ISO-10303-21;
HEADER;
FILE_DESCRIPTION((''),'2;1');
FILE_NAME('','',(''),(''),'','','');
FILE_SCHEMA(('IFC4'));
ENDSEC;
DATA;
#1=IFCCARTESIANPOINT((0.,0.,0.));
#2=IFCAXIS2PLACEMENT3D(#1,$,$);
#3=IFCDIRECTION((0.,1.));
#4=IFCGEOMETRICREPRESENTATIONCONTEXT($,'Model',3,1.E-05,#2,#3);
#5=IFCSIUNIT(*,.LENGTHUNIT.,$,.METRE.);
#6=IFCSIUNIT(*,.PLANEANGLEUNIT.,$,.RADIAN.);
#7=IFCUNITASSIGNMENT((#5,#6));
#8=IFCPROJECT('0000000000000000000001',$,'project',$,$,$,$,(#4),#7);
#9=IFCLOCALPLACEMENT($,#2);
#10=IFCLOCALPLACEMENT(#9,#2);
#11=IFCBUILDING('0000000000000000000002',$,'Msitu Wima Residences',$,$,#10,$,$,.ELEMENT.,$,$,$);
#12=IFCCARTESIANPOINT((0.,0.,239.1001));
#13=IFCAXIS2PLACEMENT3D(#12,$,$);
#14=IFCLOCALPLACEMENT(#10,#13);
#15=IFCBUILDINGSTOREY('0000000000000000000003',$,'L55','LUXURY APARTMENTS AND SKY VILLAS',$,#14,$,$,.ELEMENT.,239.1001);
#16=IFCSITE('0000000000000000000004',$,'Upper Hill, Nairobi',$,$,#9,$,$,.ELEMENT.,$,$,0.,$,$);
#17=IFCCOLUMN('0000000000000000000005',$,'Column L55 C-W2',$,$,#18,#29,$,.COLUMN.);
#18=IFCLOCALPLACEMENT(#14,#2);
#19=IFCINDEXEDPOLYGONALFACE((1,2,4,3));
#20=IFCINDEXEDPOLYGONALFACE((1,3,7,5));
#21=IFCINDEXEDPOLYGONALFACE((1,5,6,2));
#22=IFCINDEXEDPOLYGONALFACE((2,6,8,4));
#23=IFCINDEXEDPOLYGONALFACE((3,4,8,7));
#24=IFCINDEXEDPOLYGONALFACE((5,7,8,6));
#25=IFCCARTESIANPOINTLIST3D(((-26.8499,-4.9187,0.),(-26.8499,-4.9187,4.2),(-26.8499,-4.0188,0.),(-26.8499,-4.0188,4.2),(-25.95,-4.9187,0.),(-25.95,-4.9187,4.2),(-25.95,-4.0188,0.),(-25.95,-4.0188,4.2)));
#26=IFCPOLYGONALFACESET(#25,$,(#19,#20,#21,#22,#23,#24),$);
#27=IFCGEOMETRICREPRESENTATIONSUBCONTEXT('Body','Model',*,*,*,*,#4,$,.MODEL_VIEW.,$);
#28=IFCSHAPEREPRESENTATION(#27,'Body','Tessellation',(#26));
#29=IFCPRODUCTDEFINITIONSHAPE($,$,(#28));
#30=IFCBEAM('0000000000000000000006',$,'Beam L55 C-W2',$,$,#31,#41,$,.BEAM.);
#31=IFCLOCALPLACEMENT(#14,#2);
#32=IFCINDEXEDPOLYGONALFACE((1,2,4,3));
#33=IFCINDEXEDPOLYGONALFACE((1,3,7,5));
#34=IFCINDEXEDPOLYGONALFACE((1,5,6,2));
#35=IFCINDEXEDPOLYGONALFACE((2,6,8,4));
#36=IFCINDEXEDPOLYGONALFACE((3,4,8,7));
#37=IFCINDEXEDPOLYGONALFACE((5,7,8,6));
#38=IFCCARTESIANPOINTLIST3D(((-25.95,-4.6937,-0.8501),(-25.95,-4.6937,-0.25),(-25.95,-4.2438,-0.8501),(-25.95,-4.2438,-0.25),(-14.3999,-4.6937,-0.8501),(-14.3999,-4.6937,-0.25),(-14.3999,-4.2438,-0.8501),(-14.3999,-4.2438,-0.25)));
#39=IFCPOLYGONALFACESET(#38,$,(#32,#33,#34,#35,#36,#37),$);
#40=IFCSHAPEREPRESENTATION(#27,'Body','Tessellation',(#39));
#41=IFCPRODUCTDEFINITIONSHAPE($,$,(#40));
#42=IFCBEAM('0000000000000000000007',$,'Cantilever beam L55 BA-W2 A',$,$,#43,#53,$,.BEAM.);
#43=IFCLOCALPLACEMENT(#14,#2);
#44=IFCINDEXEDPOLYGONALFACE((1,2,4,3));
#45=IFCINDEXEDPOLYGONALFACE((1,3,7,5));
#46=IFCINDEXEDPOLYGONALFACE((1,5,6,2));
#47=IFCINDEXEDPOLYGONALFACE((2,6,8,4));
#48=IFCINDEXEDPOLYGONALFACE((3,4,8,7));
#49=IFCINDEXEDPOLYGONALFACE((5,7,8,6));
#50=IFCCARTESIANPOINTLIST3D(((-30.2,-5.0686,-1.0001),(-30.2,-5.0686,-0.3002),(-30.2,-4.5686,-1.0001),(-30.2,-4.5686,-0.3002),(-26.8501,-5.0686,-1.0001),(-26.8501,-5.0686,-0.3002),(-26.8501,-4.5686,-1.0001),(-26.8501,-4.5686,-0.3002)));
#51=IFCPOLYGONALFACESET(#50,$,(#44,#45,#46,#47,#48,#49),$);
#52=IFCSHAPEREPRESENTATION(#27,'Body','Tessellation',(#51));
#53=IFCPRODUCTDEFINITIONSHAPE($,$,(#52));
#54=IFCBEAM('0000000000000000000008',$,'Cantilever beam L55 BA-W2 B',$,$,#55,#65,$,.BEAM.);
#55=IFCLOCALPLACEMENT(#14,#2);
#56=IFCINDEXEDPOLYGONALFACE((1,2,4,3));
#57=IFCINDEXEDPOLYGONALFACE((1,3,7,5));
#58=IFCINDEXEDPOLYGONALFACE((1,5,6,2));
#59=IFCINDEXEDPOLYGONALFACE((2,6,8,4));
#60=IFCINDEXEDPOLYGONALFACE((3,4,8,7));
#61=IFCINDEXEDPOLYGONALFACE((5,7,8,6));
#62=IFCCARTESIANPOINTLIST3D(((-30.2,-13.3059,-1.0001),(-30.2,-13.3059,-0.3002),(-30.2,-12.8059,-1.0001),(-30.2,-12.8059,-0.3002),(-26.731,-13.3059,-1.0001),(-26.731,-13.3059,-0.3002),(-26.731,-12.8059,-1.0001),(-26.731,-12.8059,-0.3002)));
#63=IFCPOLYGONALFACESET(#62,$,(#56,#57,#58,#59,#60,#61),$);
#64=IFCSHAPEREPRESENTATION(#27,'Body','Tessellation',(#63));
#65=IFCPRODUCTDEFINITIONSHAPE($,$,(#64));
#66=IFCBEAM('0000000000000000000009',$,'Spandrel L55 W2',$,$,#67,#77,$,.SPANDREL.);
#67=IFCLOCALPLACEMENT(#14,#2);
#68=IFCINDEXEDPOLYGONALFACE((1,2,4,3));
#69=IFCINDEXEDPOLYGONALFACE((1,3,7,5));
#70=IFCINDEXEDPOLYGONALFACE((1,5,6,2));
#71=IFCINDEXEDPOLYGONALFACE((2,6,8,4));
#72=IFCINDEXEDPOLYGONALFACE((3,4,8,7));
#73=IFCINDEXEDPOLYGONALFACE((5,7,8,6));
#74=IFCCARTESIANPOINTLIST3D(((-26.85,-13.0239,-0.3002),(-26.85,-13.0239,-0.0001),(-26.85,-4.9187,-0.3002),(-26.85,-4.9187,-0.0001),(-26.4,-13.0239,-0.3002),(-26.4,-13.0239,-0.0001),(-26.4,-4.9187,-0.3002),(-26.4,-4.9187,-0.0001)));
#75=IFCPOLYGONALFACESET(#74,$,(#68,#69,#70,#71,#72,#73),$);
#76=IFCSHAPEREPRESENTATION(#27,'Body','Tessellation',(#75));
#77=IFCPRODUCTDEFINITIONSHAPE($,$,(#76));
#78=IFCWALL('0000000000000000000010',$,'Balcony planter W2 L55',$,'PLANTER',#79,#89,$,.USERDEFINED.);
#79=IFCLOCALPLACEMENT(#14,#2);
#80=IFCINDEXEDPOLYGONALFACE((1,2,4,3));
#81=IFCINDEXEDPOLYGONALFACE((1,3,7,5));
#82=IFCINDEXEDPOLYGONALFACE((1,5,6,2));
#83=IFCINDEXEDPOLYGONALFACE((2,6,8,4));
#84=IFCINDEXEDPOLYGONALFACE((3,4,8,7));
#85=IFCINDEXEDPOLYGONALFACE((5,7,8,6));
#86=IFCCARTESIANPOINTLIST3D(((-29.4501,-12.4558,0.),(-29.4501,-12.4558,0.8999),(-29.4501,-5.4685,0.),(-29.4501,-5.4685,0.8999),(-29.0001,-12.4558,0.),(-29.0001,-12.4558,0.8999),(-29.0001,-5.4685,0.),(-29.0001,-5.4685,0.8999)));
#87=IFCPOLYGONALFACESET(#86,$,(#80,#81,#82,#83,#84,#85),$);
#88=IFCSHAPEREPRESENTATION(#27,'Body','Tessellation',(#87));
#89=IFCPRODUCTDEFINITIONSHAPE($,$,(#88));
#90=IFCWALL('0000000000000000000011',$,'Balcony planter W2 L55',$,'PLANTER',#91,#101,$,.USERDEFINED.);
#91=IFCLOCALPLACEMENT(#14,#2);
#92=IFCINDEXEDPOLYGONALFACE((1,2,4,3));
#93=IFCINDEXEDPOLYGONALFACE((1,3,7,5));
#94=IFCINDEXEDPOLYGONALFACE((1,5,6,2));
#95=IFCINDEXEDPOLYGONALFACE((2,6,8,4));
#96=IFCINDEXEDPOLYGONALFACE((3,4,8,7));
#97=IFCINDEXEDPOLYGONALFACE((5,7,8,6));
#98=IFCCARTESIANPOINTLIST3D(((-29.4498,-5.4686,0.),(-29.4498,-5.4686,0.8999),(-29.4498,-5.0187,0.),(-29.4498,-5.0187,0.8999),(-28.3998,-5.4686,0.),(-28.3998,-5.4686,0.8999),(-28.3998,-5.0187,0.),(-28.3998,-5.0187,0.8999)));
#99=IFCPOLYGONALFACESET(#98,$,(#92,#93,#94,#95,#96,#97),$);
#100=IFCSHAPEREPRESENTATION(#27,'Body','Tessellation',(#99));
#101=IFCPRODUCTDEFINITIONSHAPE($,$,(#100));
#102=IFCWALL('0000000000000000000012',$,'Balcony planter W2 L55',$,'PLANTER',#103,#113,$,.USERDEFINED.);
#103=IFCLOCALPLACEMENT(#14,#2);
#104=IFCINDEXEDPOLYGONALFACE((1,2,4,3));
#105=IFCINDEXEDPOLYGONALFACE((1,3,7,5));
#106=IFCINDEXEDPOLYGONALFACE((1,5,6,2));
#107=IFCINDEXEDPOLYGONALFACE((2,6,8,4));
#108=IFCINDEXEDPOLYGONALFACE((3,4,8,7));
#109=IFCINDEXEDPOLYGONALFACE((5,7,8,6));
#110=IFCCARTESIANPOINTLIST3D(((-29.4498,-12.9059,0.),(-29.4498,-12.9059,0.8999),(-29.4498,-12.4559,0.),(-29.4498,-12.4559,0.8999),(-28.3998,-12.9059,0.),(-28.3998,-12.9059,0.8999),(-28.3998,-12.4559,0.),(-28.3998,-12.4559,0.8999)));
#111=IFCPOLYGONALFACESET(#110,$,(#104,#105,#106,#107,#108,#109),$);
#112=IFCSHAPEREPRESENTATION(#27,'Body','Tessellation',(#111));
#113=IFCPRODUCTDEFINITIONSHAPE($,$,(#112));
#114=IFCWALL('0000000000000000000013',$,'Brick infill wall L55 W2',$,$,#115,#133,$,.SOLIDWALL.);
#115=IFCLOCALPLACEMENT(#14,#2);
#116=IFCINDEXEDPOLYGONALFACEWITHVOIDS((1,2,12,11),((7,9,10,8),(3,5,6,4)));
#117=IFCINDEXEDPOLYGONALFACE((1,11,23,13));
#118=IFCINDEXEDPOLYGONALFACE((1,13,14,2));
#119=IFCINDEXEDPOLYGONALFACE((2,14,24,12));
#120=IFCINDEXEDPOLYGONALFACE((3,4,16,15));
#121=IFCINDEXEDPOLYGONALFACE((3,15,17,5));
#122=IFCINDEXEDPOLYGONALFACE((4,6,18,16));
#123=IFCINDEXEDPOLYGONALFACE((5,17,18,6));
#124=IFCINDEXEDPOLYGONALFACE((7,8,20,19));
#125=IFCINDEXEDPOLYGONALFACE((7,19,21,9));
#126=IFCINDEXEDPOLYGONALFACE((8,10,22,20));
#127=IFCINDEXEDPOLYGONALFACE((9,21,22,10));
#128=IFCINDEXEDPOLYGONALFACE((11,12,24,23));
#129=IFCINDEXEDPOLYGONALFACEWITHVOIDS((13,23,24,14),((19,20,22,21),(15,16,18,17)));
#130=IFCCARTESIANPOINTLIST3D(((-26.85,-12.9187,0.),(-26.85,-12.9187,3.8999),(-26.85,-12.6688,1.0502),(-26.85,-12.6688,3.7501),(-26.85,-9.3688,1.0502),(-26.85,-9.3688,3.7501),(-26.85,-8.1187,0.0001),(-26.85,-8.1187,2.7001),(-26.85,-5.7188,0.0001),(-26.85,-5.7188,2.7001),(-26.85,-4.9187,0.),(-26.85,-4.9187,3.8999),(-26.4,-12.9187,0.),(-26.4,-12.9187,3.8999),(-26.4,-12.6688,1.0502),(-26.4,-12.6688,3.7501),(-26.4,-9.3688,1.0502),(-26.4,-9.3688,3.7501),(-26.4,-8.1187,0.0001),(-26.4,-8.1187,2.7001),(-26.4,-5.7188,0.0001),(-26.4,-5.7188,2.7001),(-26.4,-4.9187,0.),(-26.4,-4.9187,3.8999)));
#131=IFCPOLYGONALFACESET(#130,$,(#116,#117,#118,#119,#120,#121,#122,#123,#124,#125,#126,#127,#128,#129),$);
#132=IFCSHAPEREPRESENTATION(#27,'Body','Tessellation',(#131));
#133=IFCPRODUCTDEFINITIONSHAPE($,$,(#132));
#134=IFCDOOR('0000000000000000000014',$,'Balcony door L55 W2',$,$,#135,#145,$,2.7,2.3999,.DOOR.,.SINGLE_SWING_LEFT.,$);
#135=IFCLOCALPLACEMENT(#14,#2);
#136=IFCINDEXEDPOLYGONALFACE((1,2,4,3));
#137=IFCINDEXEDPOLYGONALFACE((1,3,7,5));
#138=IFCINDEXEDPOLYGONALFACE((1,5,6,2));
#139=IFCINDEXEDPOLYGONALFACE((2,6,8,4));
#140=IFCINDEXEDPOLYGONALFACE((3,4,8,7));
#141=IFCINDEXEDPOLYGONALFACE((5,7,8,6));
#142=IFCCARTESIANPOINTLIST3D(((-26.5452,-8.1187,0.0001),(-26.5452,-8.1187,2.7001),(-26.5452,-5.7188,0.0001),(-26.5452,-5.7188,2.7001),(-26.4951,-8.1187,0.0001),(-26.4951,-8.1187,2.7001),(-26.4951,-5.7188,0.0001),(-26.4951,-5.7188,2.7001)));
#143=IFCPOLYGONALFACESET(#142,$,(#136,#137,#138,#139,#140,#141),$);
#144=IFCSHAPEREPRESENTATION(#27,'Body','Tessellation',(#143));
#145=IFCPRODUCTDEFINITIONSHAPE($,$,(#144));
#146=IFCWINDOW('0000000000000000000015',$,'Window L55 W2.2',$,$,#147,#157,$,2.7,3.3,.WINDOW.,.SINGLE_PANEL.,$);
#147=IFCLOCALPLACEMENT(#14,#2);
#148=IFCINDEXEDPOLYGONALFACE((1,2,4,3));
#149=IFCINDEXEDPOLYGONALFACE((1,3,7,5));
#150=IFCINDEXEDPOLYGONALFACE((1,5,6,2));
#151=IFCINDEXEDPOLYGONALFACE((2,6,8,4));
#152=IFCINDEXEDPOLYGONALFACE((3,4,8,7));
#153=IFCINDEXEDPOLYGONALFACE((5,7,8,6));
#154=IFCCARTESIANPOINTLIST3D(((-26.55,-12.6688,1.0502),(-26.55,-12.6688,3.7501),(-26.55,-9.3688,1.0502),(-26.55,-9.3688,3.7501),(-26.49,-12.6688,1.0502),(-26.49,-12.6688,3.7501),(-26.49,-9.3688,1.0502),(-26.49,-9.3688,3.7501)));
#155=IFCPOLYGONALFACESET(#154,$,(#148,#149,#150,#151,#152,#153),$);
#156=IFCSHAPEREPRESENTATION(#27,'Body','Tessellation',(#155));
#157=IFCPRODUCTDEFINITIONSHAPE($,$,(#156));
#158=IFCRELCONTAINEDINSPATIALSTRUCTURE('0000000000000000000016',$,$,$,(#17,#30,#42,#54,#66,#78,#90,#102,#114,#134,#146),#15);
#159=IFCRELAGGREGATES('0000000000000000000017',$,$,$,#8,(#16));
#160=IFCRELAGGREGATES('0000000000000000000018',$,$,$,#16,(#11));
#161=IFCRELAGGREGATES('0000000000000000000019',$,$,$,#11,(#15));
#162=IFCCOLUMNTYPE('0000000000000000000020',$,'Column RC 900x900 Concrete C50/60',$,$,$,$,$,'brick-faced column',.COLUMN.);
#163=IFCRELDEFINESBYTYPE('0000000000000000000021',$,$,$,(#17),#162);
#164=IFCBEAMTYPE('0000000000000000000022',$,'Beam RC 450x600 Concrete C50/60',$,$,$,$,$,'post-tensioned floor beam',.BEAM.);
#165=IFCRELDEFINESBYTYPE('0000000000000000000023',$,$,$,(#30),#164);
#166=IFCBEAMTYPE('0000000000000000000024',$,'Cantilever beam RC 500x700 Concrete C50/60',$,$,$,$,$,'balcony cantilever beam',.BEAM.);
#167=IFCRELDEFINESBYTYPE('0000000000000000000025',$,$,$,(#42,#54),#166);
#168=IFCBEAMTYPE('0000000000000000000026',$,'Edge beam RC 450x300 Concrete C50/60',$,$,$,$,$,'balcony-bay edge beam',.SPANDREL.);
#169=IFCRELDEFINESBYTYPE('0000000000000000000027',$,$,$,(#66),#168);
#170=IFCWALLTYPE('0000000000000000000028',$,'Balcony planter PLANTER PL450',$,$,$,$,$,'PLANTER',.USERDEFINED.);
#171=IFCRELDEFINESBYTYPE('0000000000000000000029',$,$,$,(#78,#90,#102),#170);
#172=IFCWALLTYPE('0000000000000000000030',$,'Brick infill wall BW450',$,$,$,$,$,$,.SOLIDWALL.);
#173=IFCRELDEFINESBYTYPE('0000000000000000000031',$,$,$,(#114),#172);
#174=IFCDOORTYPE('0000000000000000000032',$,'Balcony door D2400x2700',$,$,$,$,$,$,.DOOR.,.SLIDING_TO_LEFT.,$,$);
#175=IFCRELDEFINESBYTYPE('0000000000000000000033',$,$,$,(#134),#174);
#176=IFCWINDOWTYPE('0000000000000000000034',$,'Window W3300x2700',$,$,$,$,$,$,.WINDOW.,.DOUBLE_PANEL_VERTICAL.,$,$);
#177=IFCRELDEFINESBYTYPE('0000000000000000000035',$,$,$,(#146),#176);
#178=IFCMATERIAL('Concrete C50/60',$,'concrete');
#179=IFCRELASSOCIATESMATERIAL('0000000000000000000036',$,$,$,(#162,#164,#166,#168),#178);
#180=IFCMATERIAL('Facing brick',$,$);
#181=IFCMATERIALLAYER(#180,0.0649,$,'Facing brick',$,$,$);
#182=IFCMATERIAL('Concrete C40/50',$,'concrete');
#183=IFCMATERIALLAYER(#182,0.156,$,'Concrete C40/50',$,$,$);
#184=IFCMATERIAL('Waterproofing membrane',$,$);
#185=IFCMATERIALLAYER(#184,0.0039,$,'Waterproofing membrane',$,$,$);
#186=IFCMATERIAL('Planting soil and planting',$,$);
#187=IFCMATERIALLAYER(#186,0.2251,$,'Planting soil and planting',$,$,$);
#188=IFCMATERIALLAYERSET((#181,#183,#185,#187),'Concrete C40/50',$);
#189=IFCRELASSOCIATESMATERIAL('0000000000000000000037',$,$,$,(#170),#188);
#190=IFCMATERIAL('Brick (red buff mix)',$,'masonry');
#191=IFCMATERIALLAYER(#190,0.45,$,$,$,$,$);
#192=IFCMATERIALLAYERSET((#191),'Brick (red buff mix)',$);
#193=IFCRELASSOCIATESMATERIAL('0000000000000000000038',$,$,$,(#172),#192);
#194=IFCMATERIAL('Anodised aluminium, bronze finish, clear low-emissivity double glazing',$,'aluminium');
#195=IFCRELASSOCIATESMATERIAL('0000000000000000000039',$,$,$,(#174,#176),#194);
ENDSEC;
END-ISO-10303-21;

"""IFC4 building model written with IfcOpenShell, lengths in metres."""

from ifc_helpers import new_model, si_unit, direction, frame, frame_2d, origin, origin_2d, place, context, subcontext, project, spatial, rectangle, extrude, material, layer, layer_set, material_profile, profile_set, type_object, element, fill, save


model = new_model("IFC4")

# Units and contexts
model_context = context("Model", 3, precision=1e-05, world=origin(), true_north=direction((0.0, 1.0)))
body_context = subcontext(model_context, "Body", "Model", "MODEL_VIEW")
ifc_project = project(units=[si_unit("LENGTHUNIT", "METRE"), si_unit("PLANEANGLEUNIT", "RADIAN")], contexts=[model_context])

# Site, building, storey
site_placement = place(None, origin())
site = spatial("IfcSite", under=ifc_project, at=site_placement, Name="Upper Hill, Nairobi", CompositionType="ELEMENT", RefElevation=0.0)
building_placement = place(site_placement, origin())
building = spatial("IfcBuilding", under=site, at=building_placement, Name="Msitu Wima Residences", CompositionType="ELEMENT")
storey_placement = place(building_placement, frame((0.0, 0.0, 239.1001)))
storey = spatial("IfcBuildingStorey", under=building, at=storey_placement, Name="L55", Description="LUXURY APARTMENTS AND SKY VILLAS", CompositionType="ELEMENT", Elevation=239.1001)

# Column
ifc_material_1 = material(Name="Concrete C50/60", Category="concrete")
ifc_material_profile_1 = material_profile(ifc_material_1, rectangle(XDim=0.8999, YDim=0.8999, at=origin_2d()), Name="RC 900x900")
ifc_profile_set_1 = profile_set([ifc_material_profile_1], Name="Concrete C50/60")
column_type = type_object("IfcColumnType", Name="Column RC 900x900 Concrete C50/60", ElementType="brick-faced column", PredefinedType="COLUMN", material=ifc_profile_set_1)
column_placement = place(storey_placement, frame((-26.3999, -4.4688, 0.0), z_axis=(0.0, 0.0, 1.0), x_axis=(0.0, -1.0, 0.0)))
element("IfcColumn", 1, at=column_placement, inside=storey, type_object=column_type, Name="Column L55 C-W2", PredefinedType="COLUMN", context=body_context, shape_type="SweptSolid", body=[
    extrude(rectangle(XDim=0.8999, YDim=0.8999, at=origin_2d()), origin(), (0.0, 0.0, 1.0), 4.2),
])

# Beams
ifc_material_profile_2 = material_profile(ifc_material_1, rectangle(XDim=0.45, YDim=0.6001, at=origin_2d()), Name="RC 450x600")
ifc_profile_set_2 = profile_set([ifc_material_profile_2], Name="Concrete C50/60")
beam_type_1 = type_object("IfcBeamType", Name="Beam RC 450x600 Concrete C50/60", ElementType="post-tensioned floor beam", PredefinedType="BEAM", material=ifc_profile_set_2)
beam_1_placement = place(storey_placement, frame((-25.95, -4.4688, -0.55), z_axis=(1.0, 0.0, 0.0), x_axis=(0.0, 1.0, 0.0)))
element("IfcBeam", 2, at=beam_1_placement, inside=storey, type_object=beam_type_1, Name="Beam L55 C-W2", PredefinedType="BEAM", context=body_context, shape_type="SweptSolid", body=[
    extrude(rectangle(XDim=0.45, YDim=0.6001, at=origin_2d()), origin(), (0.0, 0.0, 1.0), 11.55),
])
ifc_material_profile_3 = material_profile(ifc_material_1, rectangle(XDim=0.5, YDim=0.7, at=origin_2d()), Name="RC 500x700")
ifc_profile_set_3 = profile_set([ifc_material_profile_3], Name="Concrete C50/60")
beam_type_2 = type_object("IfcBeamType", Name="Cantilever beam RC 500x700 Concrete C50/60", ElementType="balcony cantilever beam", PredefinedType="BEAM", material=ifc_profile_set_3)
beam_2_placement = place(storey_placement, frame((-26.8501, -4.8186, -0.6501), z_axis=(-1.0, 0.0, 0.0), x_axis=(0.0, -1.0, 0.0)))
element("IfcBeam", 3, at=beam_2_placement, inside=storey, type_object=beam_type_2, Name="Cantilever beam L55 BA-W2 A", PredefinedType="BEAM", context=body_context, shape_type="SweptSolid", body=[
    extrude(rectangle(XDim=0.5, YDim=0.7, at=origin_2d()), origin(), (0.0, 0.0, 1.0), 3.3499),
])
beam_3_placement = place(storey_placement, frame((-26.731, -13.0559, -0.6501), z_axis=(-1.0, 0.0, 0.0), x_axis=(0.0, -1.0, 0.0)))
element("IfcBeam", 4, at=beam_3_placement, inside=storey, type_object=beam_type_2, Name="Cantilever beam L55 BA-W2 B", PredefinedType="BEAM", context=body_context, shape_type="SweptSolid", body=[
    extrude(rectangle(XDim=0.5, YDim=0.7, at=origin_2d()), origin(), (0.0, 0.0, 1.0), 3.469),
])
ifc_material_profile_4 = material_profile(ifc_material_1, rectangle(XDim=0.45, YDim=0.3, at=origin_2d()), Name="RC 450x300")
ifc_profile_set_4 = profile_set([ifc_material_profile_4], Name="Concrete C50/60")
beam_type_3 = type_object("IfcBeamType", Name="Edge beam RC 450x300 Concrete C50/60", ElementType="balcony-bay edge beam", PredefinedType="SPANDREL", material=ifc_profile_set_4)
beam_4_placement = place(storey_placement, frame((-26.625, -4.9187, -0.1501), z_axis=(0.0, -1.0, 0.0), x_axis=(1.0, 0.0, 0.0)))
element("IfcBeam", 5, at=beam_4_placement, inside=storey, type_object=beam_type_3, Name="Spandrel L55 W2", PredefinedType="SPANDREL", context=body_context, shape_type="SweptSolid", body=[
    extrude(rectangle(XDim=0.45, YDim=0.3, at=origin_2d()), origin(), (0.0, 0.0, 1.0), 8.1052),
])

# Walls
ifc_material_2 = material(Name="Facing brick")
ifc_layer_1 = layer(ifc_material_2, 0.0649, Name="Facing brick")
ifc_material_3 = material(Name="Concrete C40/50", Category="concrete")
ifc_layer_2 = layer(ifc_material_3, 0.156, Name="Concrete C40/50")
ifc_material_4 = material(Name="Waterproofing membrane")
ifc_layer_3 = layer(ifc_material_4, 0.0039, Name="Waterproofing membrane")
ifc_material_5 = material(Name="Planting soil and planting")
ifc_layer_4 = layer(ifc_material_5, 0.2251, Name="Planting soil and planting")
ifc_layer_set_1 = layer_set([ifc_layer_1, ifc_layer_2, ifc_layer_3, ifc_layer_4], Name="Concrete C40/50")
wall_type_1 = type_object("IfcWallType", Name="Balcony planter PLANTER PL450", ElementType="PLANTER", PredefinedType="USERDEFINED", material=ifc_layer_set_1)
wall_1_placement = place(storey_placement, frame((-29.2251, -5.4685, 0.0), z_axis=(0.0, 0.0, 1.0), x_axis=(0.0, -1.0, 0.0)))
element("IfcWall", 6, at=wall_1_placement, inside=storey, type_object=wall_type_1, Name="Balcony planter W2 L55", ObjectType="PLANTER", PredefinedType="USERDEFINED", context=body_context, shape_type="SweptSolid", body=[
    extrude(rectangle(XDim=6.9873, YDim=0.45, at=frame_2d((3.4937, 0.0))), origin(), (0.0, 0.0, 1.0), 0.8999),
])
for number, where, z_axis, x_axis, name in (
    (7, (-28.3999, -5.2437, 0.0), (0.0, 0.0, 1.0), (-1.0, 0.0, 0.0), "Balcony planter W2 L55"),
    (8, (-28.3999, -12.6809, 0.0), (0.0, 0.0, 1.0), (-1.0, 0.0, 0.0), "Balcony planter W2 L55"),
):
    element("IfcWall", number, at=place(storey_placement, frame(where, z_axis=z_axis, x_axis=x_axis)), inside=storey, type_object=wall_type_1, Name=name, ObjectType="PLANTER", PredefinedType="USERDEFINED", context=body_context, shape_type="SweptSolid", body=[
        extrude(rectangle(XDim=1.05, YDim=0.45, at=frame_2d((0.5249, 0.0))), origin(), (0.0, 0.0, 1.0), 0.8999),
    ])

# Wall, openings, door, window
ifc_material_6 = material(Name="Brick (red buff mix)", Category="masonry")
ifc_layer_5 = layer(ifc_material_6, 0.45)
ifc_layer_set_2 = layer_set([ifc_layer_5], Name="Brick (red buff mix)")
wall_type_2 = type_object("IfcWallType", Name="Brick infill wall BW450", PredefinedType="SOLIDWALL", material=ifc_layer_set_2)
wall_2_placement = place(storey_placement, frame((-26.625, -4.9187, 0.0), z_axis=(0.0, 0.0, 1.0), x_axis=(0.0, -1.0, 0.0)))
wall_2 = element("IfcWall", 9, at=wall_2_placement, inside=storey, type_object=wall_type_2, Name="Brick infill wall L55 W2", PredefinedType="SOLIDWALL", context=body_context, shape_type="SweptSolid", body=[
    extrude(rectangle(XDim=8.0, YDim=0.45, at=frame_2d((4.0, 0.0))), origin(), (0.0, 0.0, 1.0), 3.8999),
])
opening_1_placement = place(wall_2_placement, frame((0.8, 0.0, 0.0)))
opening_1 = element("IfcOpeningElement", 10, at=opening_1_placement, cuts=wall_2, PredefinedType="OPENING", context=body_context, shape_type="SweptSolid", body=[
    extrude(rectangle(XDim=2.3999, YDim=2.7, at=frame_2d((1.2, 1.3501))), frame((0.0, 0.2349, 0.0), z_axis=(0.0, -1.0, 0.0), x_axis=(1.0, 0.0, 0.0)), (0.0, 0.0, 1.0), 0.47),
])
opening_2_placement = place(wall_2_placement, frame((4.4502, 0.0, 1.05)))
opening_2 = element("IfcOpeningElement", 11, at=opening_2_placement, cuts=wall_2, PredefinedType="OPENING", context=body_context, shape_type="SweptSolid", body=[
    extrude(rectangle(XDim=3.3, YDim=2.7, at=frame_2d((1.6499, 1.3501))), frame((0.0, 0.2349, 0.0), z_axis=(0.0, -1.0, 0.0), x_axis=(1.0, 0.0, 0.0)), (0.0, 0.0, 1.0), 0.47),
])
ifc_material_7 = material(Name="Anodised aluminium, bronze finish, clear low-emissivity double glazing", Category="aluminium")
door_type_1 = type_object("IfcDoorType", Name="Balcony door D2400x2700", OperationType="SLIDING_TO_LEFT", PredefinedType="DOOR", material=ifc_material_7)
door_1_placement = place(opening_1_placement, origin())
door_1 = element("IfcDoor", 12, at=door_1_placement, inside=storey, type_object=door_type_1, Name="Balcony door L55 W2", OperationType="SINGLE_SWING_LEFT", OverallHeight=2.7, OverallWidth=2.3999, PredefinedType="DOOR", context=body_context, shape_type="SweptSolid", body=[
    extrude(rectangle(XDim=2.3999, YDim=2.7, at=frame_2d((1.2, 1.3501))), frame((0.0, 0.1299, 0.0), z_axis=(0.0, -1.0, 0.0), x_axis=(1.0, 0.0, 0.0)), (0.0, 0.0, 1.0), 0.05),
])
fill(opening_1, door_1)
window_type = type_object("IfcWindowType", Name="Window W3300x2700", PartitioningType="DOUBLE_PANEL_VERTICAL", PredefinedType="WINDOW", material=ifc_material_7)
window_placement = place(opening_2_placement, origin())
window = element("IfcWindow", 13, at=window_placement, inside=storey, type_object=window_type, Name="Window L55 W2.2", OverallHeight=2.7, OverallWidth=3.3, PartitioningType="SINGLE_PANEL", PredefinedType="WINDOW", context=body_context, shape_type="SweptSolid", body=[
    extrude(rectangle(XDim=3.3, YDim=2.7, at=frame_2d((1.6499, 1.3501))), frame((0.0, 0.135, 0.0), z_axis=(0.0, -1.0, 0.0), x_axis=(1.0, 0.0, 0.0)), (0.0, 0.0, 1.0), 0.0601),
])
fill(opening_2, window)

save(model, "model.ifc")
